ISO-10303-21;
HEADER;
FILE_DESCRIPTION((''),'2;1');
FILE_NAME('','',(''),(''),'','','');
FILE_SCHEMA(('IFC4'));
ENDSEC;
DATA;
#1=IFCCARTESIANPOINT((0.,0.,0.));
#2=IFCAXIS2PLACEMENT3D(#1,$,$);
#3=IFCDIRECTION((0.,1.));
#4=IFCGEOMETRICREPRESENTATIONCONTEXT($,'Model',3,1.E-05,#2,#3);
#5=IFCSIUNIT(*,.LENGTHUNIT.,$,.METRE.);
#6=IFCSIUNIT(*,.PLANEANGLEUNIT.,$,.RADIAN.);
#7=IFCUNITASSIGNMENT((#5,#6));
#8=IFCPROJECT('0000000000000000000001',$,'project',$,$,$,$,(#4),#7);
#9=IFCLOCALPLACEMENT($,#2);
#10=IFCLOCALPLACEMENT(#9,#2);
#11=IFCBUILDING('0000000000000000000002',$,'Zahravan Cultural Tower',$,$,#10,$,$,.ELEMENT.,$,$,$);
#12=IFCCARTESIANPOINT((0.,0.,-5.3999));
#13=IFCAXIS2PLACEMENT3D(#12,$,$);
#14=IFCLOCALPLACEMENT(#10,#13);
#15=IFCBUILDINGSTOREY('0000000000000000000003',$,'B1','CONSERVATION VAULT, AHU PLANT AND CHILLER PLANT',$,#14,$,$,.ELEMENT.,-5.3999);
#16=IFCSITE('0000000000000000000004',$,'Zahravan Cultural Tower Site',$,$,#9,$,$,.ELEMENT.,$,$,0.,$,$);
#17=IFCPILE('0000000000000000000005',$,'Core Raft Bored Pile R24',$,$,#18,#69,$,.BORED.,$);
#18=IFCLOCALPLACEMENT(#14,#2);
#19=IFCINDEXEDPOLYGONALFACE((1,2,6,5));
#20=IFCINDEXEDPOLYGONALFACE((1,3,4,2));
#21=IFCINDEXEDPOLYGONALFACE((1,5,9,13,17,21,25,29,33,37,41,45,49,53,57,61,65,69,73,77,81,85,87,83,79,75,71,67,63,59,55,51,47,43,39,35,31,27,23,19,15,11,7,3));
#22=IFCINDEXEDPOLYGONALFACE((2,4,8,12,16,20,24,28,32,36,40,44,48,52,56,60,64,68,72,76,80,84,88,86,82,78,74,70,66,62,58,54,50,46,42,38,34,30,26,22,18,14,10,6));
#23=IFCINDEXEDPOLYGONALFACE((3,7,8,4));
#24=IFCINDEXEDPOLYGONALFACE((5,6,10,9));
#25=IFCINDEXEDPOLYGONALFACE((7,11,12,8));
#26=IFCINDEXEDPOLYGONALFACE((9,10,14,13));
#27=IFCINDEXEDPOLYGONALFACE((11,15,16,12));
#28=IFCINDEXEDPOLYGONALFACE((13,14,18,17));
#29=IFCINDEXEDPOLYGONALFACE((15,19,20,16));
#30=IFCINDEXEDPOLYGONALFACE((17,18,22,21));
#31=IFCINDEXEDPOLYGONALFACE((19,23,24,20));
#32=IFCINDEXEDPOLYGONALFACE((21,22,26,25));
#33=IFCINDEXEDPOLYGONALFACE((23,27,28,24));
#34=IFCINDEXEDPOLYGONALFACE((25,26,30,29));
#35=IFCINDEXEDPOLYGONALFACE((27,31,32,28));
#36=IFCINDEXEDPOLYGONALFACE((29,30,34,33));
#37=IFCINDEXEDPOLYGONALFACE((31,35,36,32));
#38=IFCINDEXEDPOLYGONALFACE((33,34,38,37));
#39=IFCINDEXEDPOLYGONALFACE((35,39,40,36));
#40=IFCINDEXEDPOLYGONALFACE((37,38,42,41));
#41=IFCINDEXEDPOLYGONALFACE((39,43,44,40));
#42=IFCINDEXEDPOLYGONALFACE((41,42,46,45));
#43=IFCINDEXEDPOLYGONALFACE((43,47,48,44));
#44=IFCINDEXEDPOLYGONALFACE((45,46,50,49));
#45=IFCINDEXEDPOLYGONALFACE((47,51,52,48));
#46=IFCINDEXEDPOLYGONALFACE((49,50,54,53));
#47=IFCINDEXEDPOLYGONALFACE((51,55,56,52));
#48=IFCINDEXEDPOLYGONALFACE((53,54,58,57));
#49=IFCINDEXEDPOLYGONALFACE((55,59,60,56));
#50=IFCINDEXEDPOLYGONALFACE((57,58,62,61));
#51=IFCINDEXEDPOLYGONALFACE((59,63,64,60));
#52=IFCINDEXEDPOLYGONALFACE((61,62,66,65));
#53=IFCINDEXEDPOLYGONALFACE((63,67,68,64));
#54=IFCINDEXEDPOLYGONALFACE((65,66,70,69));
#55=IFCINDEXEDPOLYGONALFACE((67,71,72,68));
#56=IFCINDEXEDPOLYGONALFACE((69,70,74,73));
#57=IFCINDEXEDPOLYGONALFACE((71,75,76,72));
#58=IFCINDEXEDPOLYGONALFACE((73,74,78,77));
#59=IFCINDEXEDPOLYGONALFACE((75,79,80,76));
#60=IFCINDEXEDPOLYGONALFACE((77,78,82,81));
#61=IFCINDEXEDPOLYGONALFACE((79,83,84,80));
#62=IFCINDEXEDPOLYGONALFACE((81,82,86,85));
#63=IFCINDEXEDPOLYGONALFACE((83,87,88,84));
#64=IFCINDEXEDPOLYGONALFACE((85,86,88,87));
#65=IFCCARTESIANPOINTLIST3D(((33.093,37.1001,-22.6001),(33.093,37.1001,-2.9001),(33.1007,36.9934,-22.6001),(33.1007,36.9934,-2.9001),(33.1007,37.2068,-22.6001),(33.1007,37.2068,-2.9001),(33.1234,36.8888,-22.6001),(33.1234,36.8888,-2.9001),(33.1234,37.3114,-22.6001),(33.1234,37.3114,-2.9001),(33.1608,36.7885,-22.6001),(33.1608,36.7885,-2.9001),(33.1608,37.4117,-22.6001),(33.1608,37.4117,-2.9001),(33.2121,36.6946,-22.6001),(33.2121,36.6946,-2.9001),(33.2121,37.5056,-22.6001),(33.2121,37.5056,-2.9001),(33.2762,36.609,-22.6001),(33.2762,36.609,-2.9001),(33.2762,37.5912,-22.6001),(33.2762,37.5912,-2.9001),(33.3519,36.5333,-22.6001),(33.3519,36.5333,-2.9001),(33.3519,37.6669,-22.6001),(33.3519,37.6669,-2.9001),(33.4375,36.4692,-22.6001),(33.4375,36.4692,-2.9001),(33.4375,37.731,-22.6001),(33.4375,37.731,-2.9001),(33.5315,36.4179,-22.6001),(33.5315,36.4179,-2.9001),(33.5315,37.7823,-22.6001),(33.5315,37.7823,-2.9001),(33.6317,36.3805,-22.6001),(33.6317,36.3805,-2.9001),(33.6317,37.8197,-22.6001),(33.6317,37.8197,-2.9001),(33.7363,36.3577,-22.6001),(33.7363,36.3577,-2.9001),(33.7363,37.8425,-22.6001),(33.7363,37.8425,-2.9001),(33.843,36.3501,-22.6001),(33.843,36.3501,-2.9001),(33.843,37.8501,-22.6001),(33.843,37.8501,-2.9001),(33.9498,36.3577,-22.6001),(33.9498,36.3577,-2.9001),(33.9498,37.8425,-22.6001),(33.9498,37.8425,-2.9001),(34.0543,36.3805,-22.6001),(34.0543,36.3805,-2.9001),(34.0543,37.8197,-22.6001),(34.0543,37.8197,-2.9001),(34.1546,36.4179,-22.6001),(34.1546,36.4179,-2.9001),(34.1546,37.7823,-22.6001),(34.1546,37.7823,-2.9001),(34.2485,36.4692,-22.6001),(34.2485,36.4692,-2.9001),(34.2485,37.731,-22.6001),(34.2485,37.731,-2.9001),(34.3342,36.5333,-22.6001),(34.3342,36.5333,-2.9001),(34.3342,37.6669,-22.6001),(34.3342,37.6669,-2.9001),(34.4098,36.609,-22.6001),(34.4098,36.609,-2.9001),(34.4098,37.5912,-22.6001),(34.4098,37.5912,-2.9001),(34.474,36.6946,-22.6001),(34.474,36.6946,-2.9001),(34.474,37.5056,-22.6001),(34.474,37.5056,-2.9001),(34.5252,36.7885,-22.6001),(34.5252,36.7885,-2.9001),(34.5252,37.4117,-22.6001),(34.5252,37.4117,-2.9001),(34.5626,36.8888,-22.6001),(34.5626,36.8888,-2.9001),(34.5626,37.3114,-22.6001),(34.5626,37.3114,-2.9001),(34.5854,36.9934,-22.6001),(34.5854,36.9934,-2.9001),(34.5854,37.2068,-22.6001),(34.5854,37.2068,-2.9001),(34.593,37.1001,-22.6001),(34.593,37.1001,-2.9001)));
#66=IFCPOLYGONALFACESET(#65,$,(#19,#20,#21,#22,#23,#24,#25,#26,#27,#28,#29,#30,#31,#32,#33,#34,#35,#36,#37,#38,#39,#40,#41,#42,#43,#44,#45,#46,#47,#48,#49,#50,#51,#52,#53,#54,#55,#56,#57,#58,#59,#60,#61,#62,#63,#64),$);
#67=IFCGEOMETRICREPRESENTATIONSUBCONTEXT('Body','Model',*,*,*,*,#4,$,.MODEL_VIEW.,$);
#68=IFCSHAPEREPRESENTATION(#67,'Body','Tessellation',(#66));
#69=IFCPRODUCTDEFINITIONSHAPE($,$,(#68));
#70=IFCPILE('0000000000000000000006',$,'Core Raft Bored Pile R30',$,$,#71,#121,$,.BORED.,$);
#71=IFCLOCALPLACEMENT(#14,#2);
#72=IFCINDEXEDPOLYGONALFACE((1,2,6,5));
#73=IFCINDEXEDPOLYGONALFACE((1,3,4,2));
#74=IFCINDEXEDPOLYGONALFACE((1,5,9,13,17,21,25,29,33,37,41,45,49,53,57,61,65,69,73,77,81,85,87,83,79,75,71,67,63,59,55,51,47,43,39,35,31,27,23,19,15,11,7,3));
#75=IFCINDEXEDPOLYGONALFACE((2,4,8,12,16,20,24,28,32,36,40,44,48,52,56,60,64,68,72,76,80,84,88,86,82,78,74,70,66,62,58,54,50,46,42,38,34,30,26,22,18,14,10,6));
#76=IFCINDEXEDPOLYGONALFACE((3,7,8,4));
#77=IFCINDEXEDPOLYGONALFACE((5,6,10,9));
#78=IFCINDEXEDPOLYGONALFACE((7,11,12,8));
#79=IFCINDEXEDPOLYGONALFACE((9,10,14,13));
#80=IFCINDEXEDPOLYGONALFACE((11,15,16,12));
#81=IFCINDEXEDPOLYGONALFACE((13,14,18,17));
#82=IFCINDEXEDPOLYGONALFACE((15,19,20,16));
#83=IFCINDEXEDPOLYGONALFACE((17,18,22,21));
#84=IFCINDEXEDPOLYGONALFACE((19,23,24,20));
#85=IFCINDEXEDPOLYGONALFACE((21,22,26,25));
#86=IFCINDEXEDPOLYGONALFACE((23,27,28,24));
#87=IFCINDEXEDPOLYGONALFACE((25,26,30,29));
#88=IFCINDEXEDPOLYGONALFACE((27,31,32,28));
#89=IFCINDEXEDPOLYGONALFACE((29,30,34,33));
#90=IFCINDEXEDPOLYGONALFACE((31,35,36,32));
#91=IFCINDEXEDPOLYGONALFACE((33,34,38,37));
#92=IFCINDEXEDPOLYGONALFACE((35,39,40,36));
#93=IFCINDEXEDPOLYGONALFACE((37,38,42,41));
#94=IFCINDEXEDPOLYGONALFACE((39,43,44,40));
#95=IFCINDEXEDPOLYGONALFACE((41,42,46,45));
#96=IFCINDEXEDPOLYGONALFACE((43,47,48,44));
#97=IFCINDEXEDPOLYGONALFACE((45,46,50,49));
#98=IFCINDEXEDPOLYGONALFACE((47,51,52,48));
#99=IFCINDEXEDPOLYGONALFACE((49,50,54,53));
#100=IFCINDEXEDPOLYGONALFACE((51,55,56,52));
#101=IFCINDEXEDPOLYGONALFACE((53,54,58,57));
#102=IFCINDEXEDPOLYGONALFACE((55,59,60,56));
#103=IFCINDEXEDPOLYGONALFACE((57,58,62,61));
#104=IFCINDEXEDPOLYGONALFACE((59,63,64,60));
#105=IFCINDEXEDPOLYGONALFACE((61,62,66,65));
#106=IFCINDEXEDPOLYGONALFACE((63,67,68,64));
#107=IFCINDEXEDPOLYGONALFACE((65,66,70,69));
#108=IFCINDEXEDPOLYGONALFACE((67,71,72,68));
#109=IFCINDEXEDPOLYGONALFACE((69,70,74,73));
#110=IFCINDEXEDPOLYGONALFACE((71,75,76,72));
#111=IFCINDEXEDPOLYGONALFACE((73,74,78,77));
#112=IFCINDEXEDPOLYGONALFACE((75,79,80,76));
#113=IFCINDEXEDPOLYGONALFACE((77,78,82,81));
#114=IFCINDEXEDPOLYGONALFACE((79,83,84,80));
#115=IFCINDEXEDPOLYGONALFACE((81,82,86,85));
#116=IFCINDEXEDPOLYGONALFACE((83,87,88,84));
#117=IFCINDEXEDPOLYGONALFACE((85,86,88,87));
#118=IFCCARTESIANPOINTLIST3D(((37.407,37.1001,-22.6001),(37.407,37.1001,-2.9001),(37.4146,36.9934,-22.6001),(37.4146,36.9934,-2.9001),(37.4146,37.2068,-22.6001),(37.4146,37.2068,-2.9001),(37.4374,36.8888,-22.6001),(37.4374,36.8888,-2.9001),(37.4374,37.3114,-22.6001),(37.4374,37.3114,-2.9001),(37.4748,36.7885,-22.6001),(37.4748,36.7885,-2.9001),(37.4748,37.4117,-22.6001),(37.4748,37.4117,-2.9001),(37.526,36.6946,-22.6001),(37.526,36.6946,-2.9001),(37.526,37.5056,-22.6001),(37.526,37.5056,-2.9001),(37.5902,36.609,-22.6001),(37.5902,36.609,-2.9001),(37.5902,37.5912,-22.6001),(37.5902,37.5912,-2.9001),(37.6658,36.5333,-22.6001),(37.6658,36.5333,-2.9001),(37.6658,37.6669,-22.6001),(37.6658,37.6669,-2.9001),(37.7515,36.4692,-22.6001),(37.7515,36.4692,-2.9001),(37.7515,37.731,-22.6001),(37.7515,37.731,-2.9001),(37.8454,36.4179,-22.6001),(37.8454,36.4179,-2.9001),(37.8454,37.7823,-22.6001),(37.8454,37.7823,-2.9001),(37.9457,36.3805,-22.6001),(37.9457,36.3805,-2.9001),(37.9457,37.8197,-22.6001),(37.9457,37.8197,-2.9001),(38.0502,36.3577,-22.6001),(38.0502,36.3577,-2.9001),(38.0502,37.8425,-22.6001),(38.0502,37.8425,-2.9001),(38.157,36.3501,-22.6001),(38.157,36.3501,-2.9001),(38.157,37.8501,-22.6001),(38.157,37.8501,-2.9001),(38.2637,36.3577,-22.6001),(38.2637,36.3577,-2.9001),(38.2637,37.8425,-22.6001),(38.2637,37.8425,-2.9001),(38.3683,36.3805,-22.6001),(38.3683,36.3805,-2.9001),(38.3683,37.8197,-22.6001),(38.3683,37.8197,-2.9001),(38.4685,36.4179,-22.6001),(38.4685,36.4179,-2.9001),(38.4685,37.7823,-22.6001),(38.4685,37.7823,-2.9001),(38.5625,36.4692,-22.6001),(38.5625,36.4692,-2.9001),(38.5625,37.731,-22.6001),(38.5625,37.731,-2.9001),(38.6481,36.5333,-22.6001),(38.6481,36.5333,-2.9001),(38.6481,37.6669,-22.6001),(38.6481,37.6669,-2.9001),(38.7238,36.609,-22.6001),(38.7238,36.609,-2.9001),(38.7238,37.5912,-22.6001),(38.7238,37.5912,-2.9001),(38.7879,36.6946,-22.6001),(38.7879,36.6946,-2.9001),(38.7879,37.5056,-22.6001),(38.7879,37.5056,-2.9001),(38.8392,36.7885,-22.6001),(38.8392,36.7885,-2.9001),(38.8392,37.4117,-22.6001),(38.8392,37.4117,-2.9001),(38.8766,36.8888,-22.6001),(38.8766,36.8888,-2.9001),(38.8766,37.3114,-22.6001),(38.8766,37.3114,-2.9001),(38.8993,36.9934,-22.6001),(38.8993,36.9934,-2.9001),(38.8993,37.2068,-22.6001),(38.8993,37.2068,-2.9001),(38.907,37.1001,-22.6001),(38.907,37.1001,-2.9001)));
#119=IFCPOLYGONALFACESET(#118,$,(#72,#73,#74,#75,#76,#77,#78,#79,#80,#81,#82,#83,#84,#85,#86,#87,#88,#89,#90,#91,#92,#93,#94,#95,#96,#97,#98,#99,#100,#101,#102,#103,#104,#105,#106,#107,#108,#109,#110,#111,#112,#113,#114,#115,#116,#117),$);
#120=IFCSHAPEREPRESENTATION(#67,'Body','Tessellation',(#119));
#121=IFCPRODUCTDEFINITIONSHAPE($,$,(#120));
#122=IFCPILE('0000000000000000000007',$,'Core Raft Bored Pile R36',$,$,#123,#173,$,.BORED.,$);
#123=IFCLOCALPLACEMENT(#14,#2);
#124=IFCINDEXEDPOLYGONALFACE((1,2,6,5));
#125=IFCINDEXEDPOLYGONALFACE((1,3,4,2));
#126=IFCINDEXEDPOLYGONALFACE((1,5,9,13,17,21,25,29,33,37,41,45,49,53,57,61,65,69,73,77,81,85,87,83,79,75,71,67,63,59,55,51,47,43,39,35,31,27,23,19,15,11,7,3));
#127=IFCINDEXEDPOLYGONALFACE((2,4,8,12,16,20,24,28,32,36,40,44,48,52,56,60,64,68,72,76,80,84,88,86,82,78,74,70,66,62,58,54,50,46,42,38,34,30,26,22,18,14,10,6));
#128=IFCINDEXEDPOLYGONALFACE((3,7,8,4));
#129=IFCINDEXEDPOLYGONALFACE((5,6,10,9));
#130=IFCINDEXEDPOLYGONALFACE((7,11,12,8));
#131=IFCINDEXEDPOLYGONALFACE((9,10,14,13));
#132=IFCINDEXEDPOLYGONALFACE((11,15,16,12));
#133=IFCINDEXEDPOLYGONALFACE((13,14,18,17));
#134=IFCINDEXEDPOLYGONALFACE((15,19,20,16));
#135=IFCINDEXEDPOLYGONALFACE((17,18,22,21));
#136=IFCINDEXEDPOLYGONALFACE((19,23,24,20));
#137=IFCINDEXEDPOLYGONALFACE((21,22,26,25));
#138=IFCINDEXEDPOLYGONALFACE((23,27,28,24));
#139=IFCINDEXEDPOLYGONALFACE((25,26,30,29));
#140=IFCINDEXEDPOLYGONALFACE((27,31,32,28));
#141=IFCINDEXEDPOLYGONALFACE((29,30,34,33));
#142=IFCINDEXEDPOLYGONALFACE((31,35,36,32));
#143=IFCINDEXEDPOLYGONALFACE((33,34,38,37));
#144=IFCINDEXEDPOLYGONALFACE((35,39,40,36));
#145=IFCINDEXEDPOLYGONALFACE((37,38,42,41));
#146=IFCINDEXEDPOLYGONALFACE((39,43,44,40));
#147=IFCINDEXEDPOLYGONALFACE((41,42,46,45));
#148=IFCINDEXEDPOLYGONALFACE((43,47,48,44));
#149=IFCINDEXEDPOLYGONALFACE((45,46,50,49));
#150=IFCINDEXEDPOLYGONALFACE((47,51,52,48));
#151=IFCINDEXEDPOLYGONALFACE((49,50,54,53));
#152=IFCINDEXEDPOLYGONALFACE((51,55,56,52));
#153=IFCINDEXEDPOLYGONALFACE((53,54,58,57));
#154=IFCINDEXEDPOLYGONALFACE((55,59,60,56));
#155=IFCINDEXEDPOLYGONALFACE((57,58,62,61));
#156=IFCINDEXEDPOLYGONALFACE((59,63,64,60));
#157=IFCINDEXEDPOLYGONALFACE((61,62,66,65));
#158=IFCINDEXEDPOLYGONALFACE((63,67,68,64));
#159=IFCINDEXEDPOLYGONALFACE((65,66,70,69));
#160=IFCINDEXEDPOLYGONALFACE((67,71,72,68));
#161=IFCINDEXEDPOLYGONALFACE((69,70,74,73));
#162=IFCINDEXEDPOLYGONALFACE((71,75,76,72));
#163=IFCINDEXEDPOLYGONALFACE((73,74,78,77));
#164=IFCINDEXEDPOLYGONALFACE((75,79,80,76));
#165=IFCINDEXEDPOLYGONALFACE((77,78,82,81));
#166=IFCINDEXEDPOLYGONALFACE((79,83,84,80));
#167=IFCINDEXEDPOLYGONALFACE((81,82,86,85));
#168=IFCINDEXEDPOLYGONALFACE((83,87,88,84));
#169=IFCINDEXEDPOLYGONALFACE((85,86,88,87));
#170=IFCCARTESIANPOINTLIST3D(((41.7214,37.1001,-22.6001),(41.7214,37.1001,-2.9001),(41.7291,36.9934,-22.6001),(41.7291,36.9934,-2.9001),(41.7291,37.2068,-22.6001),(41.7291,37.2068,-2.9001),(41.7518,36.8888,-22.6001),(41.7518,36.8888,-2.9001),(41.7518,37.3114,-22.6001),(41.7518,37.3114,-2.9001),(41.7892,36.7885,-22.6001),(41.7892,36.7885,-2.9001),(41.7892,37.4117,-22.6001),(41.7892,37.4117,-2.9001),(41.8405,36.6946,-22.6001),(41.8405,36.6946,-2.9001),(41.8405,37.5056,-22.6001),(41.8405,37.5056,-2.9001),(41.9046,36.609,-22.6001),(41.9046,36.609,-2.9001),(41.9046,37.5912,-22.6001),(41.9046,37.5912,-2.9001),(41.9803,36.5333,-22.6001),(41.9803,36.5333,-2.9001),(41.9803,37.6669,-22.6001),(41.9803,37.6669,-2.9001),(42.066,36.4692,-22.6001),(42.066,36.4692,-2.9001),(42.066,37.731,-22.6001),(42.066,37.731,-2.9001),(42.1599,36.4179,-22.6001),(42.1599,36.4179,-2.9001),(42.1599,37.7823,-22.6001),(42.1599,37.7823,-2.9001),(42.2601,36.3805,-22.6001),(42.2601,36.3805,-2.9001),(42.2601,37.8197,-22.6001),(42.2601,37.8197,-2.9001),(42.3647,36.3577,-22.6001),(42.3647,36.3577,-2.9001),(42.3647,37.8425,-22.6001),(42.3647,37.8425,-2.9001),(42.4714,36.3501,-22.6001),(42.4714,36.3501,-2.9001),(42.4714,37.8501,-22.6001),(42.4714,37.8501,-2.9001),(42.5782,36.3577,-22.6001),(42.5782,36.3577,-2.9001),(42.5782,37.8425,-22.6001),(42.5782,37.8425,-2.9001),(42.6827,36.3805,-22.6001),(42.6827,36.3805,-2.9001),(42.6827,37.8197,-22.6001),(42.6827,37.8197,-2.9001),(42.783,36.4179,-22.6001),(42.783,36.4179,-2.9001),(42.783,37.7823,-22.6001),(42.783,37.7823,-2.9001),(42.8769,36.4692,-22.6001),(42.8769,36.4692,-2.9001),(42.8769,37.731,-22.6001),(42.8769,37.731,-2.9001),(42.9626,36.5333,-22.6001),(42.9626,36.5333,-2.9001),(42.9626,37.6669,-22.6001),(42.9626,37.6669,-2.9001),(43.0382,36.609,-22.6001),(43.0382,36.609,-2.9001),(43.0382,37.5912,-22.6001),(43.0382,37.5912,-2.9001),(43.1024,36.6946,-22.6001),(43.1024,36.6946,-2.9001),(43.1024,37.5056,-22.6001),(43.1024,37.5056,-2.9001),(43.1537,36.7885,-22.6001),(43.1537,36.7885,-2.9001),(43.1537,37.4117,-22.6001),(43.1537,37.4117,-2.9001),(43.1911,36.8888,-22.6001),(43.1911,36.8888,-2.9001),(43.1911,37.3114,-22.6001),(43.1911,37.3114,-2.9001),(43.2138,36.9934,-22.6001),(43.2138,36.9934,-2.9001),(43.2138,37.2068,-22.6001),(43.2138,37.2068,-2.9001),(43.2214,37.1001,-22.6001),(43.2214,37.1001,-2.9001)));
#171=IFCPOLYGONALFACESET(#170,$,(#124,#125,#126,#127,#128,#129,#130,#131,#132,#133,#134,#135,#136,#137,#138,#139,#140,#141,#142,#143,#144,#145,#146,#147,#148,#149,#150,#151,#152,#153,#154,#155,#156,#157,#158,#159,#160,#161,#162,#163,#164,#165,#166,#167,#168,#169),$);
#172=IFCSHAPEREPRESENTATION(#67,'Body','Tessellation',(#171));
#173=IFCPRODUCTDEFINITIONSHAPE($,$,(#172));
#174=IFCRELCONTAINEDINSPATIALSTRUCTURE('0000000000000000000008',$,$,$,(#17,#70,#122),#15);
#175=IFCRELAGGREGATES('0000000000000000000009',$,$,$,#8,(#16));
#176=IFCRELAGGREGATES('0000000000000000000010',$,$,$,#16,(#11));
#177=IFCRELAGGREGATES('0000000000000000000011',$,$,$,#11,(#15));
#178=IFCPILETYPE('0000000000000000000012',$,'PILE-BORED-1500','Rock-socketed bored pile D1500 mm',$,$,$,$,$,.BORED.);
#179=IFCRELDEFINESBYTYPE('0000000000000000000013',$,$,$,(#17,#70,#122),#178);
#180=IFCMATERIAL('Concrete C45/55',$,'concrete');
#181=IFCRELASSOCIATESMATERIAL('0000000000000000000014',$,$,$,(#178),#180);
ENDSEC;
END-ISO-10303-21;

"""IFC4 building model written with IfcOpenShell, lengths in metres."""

from ifc_helpers import new_model, si_unit, direction, frame, origin, origin_2d, place, context, subcontext, project, spatial, circle, extrude, material, material_profile, profile_set, type_object, element, save


model = new_model("IFC4")

# Units and contexts
model_context = context("Model", 3, precision=1e-05, world=origin(), true_north=direction((0.0, 1.0)))
body_context = subcontext(model_context, "Body", "Model", "MODEL_VIEW")
ifc_project = project(units=[si_unit("LENGTHUNIT", "METRE"), si_unit("PLANEANGLEUNIT", "RADIAN")], contexts=[model_context])

# Site, building, storey
site_placement = place(None, origin())
site = spatial("IfcSite", under=ifc_project, at=site_placement, Name="Zahravan Cultural Tower Site", CompositionType="ELEMENT", RefElevation=0.0)
building_placement = place(site_placement, origin())
building = spatial("IfcBuilding", under=site, at=building_placement, Name="Zahravan Cultural Tower", CompositionType="ELEMENT")
storey_placement = place(building_placement, frame((0.0, 0.0, -5.3999)))
storey = spatial("IfcBuildingStorey", under=building, at=storey_placement, Name="B1", Description="CONSERVATION VAULT, AHU PLANT AND CHILLER PLANT", CompositionType="ELEMENT", Elevation=-5.3999)

# Piles
ifc_material_1 = material(Name="Concrete C45/55", Category="concrete")
ifc_material_profile_1 = material_profile(ifc_material_1, circle(Radius=0.75, at=origin_2d()), Name="PILE-D1500")
ifc_profile_set_1 = profile_set([ifc_material_profile_1], Name="Concrete C45/55")
pile_type_1 = type_object("IfcPileType", Name="PILE-BORED-1500", Description="Rock-socketed bored pile D1500 mm", PredefinedType="BORED", material=ifc_profile_set_1)
for number, where, z_axis, x_axis, name in (
    (1, (33.843, 37.1001, -2.9001), (0.0, 0.0, -1.0), (1.0, 0.0, 0.0), "Core Raft Bored Pile R24"),
    (2, (38.157, 37.1001, -2.9001), (0.0, 0.0, -1.0), (1.0, 0.0, 0.0), "Core Raft Bored Pile R30"),
    (3, (42.4714, 37.1001, -2.9001), (0.0, 0.0, -1.0), (1.0, 0.0, 0.0), "Core Raft Bored Pile R36"),
):
    element("IfcPile", number, at=place(storey_placement, frame(where, z_axis=z_axis, x_axis=x_axis)), inside=storey, type_object=pile_type_1, Name=name, PredefinedType="BORED", context=body_context, shape_type="SweptSolid", body=[
        extrude(circle(Radius=0.75, at=origin_2d()), origin(), (0.0, 0.0, 1.0), 19.7),
    ])

save(model, "model.ifc")
